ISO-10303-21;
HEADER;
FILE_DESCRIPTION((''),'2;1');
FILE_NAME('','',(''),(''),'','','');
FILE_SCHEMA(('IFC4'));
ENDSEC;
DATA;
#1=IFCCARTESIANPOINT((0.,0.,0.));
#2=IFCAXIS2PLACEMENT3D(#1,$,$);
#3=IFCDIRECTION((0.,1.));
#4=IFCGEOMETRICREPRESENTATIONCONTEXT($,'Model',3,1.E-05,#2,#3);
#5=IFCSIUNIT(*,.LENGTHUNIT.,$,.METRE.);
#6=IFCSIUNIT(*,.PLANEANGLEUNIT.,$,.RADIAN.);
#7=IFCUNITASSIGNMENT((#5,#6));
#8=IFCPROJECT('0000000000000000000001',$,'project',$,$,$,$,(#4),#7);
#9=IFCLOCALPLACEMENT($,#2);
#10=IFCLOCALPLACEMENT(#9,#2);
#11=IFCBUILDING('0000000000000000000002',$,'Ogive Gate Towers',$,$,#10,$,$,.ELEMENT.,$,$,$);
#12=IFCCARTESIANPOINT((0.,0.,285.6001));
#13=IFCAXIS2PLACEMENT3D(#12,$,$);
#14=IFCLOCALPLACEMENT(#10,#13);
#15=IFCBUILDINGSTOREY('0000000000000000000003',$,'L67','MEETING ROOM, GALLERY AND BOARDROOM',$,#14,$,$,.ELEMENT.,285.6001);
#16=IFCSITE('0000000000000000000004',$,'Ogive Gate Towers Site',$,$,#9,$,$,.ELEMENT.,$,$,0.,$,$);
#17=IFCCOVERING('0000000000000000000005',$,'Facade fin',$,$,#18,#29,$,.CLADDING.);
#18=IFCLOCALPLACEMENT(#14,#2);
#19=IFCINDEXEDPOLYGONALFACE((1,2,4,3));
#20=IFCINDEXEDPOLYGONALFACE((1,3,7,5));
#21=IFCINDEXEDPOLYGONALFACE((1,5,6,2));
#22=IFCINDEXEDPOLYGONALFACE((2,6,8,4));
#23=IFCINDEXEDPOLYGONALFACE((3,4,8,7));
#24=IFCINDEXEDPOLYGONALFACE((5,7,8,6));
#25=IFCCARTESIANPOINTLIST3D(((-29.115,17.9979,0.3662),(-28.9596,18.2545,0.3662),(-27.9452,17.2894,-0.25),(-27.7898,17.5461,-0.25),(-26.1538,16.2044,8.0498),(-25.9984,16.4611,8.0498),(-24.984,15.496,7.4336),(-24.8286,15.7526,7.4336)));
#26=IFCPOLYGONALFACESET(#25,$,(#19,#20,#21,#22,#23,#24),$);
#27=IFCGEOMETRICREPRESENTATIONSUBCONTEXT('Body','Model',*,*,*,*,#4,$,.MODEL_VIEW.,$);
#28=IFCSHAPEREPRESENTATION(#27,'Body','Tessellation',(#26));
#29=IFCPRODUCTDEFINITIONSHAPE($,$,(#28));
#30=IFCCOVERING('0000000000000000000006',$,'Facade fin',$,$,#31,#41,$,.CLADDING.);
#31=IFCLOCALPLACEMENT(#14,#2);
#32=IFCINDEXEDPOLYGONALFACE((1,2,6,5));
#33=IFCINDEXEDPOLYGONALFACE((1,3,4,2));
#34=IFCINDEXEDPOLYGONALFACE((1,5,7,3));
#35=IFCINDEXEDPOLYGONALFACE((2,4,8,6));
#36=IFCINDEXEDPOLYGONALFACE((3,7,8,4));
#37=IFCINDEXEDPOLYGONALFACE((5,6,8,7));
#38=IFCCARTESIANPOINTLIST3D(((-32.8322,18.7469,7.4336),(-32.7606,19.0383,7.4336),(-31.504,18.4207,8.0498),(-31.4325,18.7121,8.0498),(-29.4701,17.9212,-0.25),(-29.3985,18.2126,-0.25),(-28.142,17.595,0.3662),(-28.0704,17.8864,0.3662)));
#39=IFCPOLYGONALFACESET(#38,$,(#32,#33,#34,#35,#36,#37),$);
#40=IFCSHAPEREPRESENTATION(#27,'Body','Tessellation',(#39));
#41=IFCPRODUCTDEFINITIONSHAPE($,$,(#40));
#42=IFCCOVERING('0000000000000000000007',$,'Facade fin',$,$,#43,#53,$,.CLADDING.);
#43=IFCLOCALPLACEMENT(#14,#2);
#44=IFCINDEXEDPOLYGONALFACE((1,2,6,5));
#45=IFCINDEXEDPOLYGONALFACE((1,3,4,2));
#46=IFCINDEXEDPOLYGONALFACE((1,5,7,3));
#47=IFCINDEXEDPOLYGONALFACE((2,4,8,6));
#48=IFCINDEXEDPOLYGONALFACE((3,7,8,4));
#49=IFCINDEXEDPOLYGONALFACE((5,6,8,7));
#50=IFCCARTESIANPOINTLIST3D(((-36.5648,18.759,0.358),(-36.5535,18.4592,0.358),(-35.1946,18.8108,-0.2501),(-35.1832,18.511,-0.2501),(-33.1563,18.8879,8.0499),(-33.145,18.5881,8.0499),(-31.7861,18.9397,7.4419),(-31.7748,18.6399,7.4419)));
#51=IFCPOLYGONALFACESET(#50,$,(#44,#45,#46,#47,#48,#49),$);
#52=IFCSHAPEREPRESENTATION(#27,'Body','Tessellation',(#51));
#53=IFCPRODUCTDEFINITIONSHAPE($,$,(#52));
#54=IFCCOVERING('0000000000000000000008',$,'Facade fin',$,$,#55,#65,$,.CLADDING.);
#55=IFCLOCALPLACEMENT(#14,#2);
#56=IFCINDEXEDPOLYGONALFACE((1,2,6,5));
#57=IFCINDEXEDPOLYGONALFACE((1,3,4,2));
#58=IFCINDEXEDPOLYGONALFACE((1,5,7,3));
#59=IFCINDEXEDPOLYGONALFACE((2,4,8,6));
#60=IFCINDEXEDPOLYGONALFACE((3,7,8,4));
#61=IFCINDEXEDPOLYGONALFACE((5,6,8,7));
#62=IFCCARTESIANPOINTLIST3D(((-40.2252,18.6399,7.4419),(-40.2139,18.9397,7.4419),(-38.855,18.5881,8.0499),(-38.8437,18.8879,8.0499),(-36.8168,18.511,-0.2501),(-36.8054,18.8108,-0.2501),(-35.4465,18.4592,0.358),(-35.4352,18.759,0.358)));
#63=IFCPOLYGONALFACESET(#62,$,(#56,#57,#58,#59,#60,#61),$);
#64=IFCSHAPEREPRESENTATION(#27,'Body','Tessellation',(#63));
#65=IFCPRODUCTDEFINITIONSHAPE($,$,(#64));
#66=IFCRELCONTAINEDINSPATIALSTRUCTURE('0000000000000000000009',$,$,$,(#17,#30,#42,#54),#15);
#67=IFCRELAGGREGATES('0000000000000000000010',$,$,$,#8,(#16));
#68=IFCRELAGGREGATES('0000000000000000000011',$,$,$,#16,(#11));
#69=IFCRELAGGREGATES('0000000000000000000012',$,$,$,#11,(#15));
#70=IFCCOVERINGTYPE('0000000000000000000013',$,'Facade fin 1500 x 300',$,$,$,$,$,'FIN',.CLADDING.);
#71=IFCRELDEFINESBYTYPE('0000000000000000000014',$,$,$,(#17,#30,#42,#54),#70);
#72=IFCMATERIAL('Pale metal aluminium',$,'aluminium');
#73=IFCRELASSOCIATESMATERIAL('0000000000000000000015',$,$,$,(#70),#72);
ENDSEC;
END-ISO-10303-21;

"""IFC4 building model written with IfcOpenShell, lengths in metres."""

from ifc_helpers import new_model, si_unit, direction, frame, origin, origin_2d, place, context, subcontext, project, spatial, rectangle, extrude, material, material_profile, profile_set, type_object, element, save


model = new_model("IFC4")

# Units and contexts
model_context = context("Model", 3, precision=1e-05, world=origin(), true_north=direction((0.0, 1.0)))
body_context = subcontext(model_context, "Body", "Model", "MODEL_VIEW")
ifc_project = project(units=[si_unit("LENGTHUNIT", "METRE"), si_unit("PLANEANGLEUNIT", "RADIAN")], contexts=[model_context])

# Site, building, storey
site_placement = place(None, origin())
site = spatial("IfcSite", under=ifc_project, at=site_placement, Name="Ogive Gate Towers Site", CompositionType="ELEMENT", RefElevation=0.0)
building_placement = place(site_placement, origin())
building = spatial("IfcBuilding", under=site, at=building_placement, Name="Ogive Gate Towers", CompositionType="ELEMENT")
storey_placement = place(building_placement, frame((0.0, 0.0, 285.6001)))
storey = spatial("IfcBuildingStorey", under=building, at=storey_placement, Name="L67", Description="MEETING ROOM, GALLERY AND BOARDROOM", CompositionType="ELEMENT", Elevation=285.6001)

# Shared definitions
ifc_material_1 = material(Name="Pale metal aluminium", Category="aluminium")

# Coverings
ifc_material_profile_1 = material_profile(ifc_material_1, rectangle(XDim=0.3, YDim=1.5, at=origin_2d()), Name="1500 x 300 pale metal aluminium")
ifc_profile_set_1 = profile_set([ifc_material_profile_1], Name="Pale metal aluminium")
covering_type = type_object("IfcCoveringType", Name="Facade fin 1500 x 300", ElementType="FIN", PredefinedType="CLADDING", material=ifc_profile_set_1)
for number, where, z_axis, x_axis, name in (
    (1, (-28.4524, 17.772, 0.0581), (0.351371, -0.21281, 0.911729), (0.518048, 0.855351, 0.0), "Facade fin"),
    (2, (-28.7703, 17.9038, 0.0581), (-0.398939, 0.097975, 0.911728), (-0.238501, -0.971142, 0.0), "Facade fin"),
):
    element("IfcCovering", number, at=place(storey_placement, frame(where, z_axis=z_axis, x_axis=x_axis)), inside=storey, type_object=covering_type, Name=name, PredefinedType="CLADDING", context=body_context, shape_type="SweptSolid", body=[
        extrude(rectangle(XDim=0.3, YDim=1.5, at=origin_2d()), origin(), (0.0, 0.0, 1.0), 8.4275),
    ])
for number, where, z_axis, x_axis, name in (
    (3, (-35.874, 18.635, 0.054), (0.405081, 0.01532, 0.914152), (-0.037793, 0.999286, 0.0), "Facade fin"),
    (4, (-36.126, 18.635, 0.054), (-0.405081, 0.01532, 0.914152), (-0.037793, -0.999286, 0.0), "Facade fin"),
):
    element("IfcCovering", number, at=place(storey_placement, frame(where, z_axis=z_axis, x_axis=x_axis)), inside=storey, type_object=covering_type, Name=name, PredefinedType="CLADDING", context=body_context, shape_type="SweptSolid", body=[
        extrude(rectangle(XDim=0.3, YDim=1.5, at=origin_2d()), origin(), (0.0, 0.0, 1.0), 8.4143),
    ])

save(model, "model.ifc")
